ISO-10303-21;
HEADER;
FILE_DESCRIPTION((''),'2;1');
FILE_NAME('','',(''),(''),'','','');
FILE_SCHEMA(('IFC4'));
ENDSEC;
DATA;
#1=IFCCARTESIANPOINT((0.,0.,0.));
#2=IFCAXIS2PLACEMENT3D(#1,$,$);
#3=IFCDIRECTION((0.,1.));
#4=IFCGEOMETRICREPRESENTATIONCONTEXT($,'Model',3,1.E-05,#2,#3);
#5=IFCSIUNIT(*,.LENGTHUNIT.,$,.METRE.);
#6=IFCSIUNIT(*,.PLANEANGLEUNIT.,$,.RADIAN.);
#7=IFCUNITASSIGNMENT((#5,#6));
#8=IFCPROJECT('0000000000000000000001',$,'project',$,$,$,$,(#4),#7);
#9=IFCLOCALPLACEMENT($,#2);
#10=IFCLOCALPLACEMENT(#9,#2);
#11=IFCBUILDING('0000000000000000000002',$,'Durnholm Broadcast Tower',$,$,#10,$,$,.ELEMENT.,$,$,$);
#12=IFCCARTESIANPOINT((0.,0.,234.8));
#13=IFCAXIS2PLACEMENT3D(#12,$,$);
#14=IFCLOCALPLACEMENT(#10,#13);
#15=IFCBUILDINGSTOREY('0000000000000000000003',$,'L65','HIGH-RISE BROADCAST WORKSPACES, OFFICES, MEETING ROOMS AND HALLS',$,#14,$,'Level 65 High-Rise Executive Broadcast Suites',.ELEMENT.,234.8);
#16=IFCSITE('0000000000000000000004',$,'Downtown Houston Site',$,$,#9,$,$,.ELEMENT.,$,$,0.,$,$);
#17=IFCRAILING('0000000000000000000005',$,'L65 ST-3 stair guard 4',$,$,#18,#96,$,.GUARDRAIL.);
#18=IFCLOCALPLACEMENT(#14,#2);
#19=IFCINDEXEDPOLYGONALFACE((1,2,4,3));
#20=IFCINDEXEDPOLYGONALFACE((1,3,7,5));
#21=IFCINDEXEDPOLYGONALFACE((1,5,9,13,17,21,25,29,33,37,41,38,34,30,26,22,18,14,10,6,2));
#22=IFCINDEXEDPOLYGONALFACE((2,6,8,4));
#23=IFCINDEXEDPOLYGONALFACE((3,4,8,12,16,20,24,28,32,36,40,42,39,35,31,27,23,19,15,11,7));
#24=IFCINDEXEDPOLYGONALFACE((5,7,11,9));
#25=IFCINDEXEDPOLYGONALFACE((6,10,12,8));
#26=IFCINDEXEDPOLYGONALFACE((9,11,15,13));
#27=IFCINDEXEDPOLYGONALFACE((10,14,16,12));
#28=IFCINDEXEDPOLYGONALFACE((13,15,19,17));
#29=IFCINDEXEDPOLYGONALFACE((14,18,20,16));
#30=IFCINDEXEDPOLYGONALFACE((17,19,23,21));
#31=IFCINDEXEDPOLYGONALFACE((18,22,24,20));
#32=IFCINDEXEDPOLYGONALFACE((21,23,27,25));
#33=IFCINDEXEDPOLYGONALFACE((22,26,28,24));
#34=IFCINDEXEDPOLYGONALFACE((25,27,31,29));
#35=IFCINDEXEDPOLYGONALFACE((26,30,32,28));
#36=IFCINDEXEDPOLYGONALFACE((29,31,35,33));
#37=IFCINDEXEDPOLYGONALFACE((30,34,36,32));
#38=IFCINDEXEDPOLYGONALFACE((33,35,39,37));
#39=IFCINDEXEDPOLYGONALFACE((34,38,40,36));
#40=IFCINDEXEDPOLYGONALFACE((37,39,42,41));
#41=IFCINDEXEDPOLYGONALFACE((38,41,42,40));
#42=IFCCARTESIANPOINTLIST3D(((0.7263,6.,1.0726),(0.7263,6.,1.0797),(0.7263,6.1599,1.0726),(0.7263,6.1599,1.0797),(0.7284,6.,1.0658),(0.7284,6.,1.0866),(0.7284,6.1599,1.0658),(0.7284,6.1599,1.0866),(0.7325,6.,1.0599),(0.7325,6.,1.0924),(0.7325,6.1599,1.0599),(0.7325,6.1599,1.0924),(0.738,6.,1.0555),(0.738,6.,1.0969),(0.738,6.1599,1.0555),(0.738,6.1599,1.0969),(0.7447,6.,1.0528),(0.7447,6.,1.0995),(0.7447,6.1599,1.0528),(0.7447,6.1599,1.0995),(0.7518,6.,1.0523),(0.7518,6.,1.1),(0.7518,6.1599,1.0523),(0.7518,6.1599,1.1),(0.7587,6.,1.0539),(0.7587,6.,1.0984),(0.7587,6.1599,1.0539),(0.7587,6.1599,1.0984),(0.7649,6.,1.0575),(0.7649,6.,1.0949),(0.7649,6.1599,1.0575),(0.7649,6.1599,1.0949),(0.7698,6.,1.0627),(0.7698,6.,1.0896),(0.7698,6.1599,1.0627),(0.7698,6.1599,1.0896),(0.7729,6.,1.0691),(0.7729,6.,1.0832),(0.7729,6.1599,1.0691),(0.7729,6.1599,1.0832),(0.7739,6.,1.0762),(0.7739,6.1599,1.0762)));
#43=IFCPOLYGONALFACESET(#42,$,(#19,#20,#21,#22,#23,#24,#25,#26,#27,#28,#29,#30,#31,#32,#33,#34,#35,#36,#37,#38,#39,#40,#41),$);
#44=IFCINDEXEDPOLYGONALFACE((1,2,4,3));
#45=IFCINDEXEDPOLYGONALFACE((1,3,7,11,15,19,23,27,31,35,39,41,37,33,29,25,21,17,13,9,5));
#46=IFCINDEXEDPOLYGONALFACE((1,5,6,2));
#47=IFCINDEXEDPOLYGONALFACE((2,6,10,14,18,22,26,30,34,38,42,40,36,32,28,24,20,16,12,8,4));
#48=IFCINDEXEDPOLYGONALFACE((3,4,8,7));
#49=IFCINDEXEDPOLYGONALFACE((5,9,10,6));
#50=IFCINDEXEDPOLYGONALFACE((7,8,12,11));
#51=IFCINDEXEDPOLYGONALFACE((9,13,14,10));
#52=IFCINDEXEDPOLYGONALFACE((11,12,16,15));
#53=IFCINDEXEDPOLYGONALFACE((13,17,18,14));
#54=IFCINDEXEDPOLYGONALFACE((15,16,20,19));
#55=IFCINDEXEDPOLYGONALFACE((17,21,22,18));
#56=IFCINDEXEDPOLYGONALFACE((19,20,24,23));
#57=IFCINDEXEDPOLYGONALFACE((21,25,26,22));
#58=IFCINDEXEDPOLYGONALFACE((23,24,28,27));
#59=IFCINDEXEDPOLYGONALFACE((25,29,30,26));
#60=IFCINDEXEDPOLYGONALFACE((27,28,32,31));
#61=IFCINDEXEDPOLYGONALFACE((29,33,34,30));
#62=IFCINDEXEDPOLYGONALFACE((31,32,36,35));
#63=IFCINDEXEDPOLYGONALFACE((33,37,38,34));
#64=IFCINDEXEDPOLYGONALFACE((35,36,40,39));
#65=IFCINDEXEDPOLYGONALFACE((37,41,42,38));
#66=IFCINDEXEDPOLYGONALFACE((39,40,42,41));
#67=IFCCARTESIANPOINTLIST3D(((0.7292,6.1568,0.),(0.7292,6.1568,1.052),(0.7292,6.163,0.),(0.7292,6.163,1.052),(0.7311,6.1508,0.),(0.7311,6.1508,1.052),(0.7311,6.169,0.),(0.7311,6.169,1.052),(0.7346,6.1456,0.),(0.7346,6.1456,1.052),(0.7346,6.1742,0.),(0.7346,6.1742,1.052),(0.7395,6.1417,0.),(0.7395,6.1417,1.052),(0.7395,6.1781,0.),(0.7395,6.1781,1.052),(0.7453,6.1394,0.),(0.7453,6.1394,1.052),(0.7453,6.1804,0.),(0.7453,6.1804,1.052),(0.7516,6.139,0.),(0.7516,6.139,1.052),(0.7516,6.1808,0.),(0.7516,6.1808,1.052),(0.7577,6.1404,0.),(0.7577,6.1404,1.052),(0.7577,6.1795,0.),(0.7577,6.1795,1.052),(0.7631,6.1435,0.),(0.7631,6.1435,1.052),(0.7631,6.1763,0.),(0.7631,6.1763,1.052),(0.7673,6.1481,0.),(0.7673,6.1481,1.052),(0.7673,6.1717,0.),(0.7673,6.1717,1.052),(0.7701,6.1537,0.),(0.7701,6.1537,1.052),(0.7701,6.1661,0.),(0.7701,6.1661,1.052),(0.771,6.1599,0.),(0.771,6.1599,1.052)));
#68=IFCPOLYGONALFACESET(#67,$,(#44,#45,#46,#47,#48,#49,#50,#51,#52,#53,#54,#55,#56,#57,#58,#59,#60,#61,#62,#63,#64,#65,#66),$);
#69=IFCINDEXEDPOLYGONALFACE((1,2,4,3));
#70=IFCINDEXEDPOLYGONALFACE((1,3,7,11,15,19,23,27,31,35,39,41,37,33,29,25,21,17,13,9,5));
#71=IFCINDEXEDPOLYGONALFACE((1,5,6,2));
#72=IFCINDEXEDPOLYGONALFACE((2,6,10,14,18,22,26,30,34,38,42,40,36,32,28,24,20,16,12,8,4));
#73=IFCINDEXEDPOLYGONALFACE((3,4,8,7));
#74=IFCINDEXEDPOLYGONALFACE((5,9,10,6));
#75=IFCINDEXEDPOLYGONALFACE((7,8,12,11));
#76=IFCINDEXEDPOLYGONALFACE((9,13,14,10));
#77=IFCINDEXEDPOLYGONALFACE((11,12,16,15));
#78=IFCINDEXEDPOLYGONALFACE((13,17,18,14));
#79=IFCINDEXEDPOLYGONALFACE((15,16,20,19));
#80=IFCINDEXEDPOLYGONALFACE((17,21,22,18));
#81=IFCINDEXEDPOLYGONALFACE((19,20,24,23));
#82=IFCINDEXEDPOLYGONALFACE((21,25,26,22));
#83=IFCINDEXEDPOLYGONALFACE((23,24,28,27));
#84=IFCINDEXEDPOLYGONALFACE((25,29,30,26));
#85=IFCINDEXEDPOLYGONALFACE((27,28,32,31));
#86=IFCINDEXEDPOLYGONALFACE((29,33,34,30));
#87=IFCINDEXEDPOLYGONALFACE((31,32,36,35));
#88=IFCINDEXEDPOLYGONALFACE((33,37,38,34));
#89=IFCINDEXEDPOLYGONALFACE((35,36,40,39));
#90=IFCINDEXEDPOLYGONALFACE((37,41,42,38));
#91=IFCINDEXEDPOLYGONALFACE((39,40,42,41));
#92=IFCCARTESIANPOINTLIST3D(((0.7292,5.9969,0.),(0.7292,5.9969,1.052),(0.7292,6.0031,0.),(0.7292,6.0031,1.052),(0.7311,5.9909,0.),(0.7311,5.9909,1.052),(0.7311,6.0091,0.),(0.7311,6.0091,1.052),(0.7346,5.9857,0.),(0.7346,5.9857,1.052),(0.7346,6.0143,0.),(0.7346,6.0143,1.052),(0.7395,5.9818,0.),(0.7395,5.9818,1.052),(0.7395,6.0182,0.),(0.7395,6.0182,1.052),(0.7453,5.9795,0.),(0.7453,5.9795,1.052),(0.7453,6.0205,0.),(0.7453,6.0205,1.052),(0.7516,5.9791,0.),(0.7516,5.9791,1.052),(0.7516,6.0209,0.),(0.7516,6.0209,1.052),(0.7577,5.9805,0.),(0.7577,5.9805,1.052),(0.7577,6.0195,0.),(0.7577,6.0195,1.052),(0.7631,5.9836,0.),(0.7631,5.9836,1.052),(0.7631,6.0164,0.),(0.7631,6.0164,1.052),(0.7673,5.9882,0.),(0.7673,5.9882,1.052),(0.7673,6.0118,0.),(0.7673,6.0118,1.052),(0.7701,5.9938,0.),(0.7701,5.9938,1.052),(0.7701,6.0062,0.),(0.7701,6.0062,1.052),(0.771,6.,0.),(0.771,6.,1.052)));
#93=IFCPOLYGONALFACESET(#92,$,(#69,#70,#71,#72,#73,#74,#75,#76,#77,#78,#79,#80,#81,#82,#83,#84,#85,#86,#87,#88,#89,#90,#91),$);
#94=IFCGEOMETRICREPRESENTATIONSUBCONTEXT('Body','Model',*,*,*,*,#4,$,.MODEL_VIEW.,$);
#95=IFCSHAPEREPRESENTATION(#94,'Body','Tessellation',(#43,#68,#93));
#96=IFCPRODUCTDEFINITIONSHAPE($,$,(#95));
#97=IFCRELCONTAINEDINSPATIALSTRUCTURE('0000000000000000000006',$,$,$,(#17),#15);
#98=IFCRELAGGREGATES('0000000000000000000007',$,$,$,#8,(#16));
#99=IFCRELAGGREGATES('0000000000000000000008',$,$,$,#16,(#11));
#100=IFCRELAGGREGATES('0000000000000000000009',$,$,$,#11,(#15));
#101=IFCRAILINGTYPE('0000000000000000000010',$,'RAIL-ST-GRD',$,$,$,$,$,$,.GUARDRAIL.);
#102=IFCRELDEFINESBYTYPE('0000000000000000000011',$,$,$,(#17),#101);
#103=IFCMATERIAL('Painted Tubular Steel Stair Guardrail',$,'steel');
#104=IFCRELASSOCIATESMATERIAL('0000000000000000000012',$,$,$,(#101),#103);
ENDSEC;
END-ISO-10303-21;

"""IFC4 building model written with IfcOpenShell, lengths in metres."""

from ifc_helpers import new_model, si_unit, direction, frame, origin, origin_2d, place, context, subcontext, project, spatial, circle, extrude, material, type_object, element, save


model = new_model("IFC4")

# Units and contexts
model_context = context("Model", 3, precision=1e-05, world=origin(), true_north=direction((0.0, 1.0)))
body_context = subcontext(model_context, "Body", "Model", "MODEL_VIEW")
ifc_project = project(units=[si_unit("LENGTHUNIT", "METRE"), si_unit("PLANEANGLEUNIT", "RADIAN")], contexts=[model_context])

# Site, building, storey
site_placement = place(None, origin())
site = spatial("IfcSite", under=ifc_project, at=site_placement, Name="Downtown Houston Site", CompositionType="ELEMENT", RefElevation=0.0)
building_placement = place(site_placement, origin())
building = spatial("IfcBuilding", under=site, at=building_placement, Name="Durnholm Broadcast Tower", CompositionType="ELEMENT")
storey_placement = place(building_placement, frame((0.0, 0.0, 234.8)))
storey = spatial("IfcBuildingStorey", under=building, at=storey_placement, Name="L65", Description="HIGH-RISE BROADCAST WORKSPACES, OFFICES, MEETING ROOMS AND HALLS", LongName="Level 65 High-Rise Executive Broadcast Suites", CompositionType="ELEMENT", Elevation=234.8)

# Railing
ifc_material_1 = material(Name="Painted Tubular Steel Stair Guardrail", Category="steel")
railing_type_1 = type_object("IfcRailingType", Name="RAIL-ST-GRD", PredefinedType="GUARDRAIL", material=ifc_material_1)
railing_1_placement = place(storey_placement, frame((0.75, 6.1599, 0.0)))
element("IfcRailing", 1, at=railing_1_placement, inside=storey, type_object=railing_type_1, Name="L65 ST-3 stair guard 4", PredefinedType="GUARDRAIL", context=body_context, shape_type="SweptSolid", body=[
    extrude(circle(Radius=0.0239, at=origin_2d()), frame((0.0, 0.0, 1.0762), z_axis=(0.0, -1.0, 0.0), x_axis=(1.0, 0.0, 0.0)), (0.0, 0.0, 1.0), 0.1599),
    extrude(circle(Radius=0.021, at=origin_2d()), origin(), (0.0, 0.0, 1.0), 1.052),
    extrude(circle(Radius=0.021, at=origin_2d()), frame((0.0, -0.1599, 0.0)), (0.0, 0.0, 1.0), 1.052),
])

save(model, "model.ifc")
